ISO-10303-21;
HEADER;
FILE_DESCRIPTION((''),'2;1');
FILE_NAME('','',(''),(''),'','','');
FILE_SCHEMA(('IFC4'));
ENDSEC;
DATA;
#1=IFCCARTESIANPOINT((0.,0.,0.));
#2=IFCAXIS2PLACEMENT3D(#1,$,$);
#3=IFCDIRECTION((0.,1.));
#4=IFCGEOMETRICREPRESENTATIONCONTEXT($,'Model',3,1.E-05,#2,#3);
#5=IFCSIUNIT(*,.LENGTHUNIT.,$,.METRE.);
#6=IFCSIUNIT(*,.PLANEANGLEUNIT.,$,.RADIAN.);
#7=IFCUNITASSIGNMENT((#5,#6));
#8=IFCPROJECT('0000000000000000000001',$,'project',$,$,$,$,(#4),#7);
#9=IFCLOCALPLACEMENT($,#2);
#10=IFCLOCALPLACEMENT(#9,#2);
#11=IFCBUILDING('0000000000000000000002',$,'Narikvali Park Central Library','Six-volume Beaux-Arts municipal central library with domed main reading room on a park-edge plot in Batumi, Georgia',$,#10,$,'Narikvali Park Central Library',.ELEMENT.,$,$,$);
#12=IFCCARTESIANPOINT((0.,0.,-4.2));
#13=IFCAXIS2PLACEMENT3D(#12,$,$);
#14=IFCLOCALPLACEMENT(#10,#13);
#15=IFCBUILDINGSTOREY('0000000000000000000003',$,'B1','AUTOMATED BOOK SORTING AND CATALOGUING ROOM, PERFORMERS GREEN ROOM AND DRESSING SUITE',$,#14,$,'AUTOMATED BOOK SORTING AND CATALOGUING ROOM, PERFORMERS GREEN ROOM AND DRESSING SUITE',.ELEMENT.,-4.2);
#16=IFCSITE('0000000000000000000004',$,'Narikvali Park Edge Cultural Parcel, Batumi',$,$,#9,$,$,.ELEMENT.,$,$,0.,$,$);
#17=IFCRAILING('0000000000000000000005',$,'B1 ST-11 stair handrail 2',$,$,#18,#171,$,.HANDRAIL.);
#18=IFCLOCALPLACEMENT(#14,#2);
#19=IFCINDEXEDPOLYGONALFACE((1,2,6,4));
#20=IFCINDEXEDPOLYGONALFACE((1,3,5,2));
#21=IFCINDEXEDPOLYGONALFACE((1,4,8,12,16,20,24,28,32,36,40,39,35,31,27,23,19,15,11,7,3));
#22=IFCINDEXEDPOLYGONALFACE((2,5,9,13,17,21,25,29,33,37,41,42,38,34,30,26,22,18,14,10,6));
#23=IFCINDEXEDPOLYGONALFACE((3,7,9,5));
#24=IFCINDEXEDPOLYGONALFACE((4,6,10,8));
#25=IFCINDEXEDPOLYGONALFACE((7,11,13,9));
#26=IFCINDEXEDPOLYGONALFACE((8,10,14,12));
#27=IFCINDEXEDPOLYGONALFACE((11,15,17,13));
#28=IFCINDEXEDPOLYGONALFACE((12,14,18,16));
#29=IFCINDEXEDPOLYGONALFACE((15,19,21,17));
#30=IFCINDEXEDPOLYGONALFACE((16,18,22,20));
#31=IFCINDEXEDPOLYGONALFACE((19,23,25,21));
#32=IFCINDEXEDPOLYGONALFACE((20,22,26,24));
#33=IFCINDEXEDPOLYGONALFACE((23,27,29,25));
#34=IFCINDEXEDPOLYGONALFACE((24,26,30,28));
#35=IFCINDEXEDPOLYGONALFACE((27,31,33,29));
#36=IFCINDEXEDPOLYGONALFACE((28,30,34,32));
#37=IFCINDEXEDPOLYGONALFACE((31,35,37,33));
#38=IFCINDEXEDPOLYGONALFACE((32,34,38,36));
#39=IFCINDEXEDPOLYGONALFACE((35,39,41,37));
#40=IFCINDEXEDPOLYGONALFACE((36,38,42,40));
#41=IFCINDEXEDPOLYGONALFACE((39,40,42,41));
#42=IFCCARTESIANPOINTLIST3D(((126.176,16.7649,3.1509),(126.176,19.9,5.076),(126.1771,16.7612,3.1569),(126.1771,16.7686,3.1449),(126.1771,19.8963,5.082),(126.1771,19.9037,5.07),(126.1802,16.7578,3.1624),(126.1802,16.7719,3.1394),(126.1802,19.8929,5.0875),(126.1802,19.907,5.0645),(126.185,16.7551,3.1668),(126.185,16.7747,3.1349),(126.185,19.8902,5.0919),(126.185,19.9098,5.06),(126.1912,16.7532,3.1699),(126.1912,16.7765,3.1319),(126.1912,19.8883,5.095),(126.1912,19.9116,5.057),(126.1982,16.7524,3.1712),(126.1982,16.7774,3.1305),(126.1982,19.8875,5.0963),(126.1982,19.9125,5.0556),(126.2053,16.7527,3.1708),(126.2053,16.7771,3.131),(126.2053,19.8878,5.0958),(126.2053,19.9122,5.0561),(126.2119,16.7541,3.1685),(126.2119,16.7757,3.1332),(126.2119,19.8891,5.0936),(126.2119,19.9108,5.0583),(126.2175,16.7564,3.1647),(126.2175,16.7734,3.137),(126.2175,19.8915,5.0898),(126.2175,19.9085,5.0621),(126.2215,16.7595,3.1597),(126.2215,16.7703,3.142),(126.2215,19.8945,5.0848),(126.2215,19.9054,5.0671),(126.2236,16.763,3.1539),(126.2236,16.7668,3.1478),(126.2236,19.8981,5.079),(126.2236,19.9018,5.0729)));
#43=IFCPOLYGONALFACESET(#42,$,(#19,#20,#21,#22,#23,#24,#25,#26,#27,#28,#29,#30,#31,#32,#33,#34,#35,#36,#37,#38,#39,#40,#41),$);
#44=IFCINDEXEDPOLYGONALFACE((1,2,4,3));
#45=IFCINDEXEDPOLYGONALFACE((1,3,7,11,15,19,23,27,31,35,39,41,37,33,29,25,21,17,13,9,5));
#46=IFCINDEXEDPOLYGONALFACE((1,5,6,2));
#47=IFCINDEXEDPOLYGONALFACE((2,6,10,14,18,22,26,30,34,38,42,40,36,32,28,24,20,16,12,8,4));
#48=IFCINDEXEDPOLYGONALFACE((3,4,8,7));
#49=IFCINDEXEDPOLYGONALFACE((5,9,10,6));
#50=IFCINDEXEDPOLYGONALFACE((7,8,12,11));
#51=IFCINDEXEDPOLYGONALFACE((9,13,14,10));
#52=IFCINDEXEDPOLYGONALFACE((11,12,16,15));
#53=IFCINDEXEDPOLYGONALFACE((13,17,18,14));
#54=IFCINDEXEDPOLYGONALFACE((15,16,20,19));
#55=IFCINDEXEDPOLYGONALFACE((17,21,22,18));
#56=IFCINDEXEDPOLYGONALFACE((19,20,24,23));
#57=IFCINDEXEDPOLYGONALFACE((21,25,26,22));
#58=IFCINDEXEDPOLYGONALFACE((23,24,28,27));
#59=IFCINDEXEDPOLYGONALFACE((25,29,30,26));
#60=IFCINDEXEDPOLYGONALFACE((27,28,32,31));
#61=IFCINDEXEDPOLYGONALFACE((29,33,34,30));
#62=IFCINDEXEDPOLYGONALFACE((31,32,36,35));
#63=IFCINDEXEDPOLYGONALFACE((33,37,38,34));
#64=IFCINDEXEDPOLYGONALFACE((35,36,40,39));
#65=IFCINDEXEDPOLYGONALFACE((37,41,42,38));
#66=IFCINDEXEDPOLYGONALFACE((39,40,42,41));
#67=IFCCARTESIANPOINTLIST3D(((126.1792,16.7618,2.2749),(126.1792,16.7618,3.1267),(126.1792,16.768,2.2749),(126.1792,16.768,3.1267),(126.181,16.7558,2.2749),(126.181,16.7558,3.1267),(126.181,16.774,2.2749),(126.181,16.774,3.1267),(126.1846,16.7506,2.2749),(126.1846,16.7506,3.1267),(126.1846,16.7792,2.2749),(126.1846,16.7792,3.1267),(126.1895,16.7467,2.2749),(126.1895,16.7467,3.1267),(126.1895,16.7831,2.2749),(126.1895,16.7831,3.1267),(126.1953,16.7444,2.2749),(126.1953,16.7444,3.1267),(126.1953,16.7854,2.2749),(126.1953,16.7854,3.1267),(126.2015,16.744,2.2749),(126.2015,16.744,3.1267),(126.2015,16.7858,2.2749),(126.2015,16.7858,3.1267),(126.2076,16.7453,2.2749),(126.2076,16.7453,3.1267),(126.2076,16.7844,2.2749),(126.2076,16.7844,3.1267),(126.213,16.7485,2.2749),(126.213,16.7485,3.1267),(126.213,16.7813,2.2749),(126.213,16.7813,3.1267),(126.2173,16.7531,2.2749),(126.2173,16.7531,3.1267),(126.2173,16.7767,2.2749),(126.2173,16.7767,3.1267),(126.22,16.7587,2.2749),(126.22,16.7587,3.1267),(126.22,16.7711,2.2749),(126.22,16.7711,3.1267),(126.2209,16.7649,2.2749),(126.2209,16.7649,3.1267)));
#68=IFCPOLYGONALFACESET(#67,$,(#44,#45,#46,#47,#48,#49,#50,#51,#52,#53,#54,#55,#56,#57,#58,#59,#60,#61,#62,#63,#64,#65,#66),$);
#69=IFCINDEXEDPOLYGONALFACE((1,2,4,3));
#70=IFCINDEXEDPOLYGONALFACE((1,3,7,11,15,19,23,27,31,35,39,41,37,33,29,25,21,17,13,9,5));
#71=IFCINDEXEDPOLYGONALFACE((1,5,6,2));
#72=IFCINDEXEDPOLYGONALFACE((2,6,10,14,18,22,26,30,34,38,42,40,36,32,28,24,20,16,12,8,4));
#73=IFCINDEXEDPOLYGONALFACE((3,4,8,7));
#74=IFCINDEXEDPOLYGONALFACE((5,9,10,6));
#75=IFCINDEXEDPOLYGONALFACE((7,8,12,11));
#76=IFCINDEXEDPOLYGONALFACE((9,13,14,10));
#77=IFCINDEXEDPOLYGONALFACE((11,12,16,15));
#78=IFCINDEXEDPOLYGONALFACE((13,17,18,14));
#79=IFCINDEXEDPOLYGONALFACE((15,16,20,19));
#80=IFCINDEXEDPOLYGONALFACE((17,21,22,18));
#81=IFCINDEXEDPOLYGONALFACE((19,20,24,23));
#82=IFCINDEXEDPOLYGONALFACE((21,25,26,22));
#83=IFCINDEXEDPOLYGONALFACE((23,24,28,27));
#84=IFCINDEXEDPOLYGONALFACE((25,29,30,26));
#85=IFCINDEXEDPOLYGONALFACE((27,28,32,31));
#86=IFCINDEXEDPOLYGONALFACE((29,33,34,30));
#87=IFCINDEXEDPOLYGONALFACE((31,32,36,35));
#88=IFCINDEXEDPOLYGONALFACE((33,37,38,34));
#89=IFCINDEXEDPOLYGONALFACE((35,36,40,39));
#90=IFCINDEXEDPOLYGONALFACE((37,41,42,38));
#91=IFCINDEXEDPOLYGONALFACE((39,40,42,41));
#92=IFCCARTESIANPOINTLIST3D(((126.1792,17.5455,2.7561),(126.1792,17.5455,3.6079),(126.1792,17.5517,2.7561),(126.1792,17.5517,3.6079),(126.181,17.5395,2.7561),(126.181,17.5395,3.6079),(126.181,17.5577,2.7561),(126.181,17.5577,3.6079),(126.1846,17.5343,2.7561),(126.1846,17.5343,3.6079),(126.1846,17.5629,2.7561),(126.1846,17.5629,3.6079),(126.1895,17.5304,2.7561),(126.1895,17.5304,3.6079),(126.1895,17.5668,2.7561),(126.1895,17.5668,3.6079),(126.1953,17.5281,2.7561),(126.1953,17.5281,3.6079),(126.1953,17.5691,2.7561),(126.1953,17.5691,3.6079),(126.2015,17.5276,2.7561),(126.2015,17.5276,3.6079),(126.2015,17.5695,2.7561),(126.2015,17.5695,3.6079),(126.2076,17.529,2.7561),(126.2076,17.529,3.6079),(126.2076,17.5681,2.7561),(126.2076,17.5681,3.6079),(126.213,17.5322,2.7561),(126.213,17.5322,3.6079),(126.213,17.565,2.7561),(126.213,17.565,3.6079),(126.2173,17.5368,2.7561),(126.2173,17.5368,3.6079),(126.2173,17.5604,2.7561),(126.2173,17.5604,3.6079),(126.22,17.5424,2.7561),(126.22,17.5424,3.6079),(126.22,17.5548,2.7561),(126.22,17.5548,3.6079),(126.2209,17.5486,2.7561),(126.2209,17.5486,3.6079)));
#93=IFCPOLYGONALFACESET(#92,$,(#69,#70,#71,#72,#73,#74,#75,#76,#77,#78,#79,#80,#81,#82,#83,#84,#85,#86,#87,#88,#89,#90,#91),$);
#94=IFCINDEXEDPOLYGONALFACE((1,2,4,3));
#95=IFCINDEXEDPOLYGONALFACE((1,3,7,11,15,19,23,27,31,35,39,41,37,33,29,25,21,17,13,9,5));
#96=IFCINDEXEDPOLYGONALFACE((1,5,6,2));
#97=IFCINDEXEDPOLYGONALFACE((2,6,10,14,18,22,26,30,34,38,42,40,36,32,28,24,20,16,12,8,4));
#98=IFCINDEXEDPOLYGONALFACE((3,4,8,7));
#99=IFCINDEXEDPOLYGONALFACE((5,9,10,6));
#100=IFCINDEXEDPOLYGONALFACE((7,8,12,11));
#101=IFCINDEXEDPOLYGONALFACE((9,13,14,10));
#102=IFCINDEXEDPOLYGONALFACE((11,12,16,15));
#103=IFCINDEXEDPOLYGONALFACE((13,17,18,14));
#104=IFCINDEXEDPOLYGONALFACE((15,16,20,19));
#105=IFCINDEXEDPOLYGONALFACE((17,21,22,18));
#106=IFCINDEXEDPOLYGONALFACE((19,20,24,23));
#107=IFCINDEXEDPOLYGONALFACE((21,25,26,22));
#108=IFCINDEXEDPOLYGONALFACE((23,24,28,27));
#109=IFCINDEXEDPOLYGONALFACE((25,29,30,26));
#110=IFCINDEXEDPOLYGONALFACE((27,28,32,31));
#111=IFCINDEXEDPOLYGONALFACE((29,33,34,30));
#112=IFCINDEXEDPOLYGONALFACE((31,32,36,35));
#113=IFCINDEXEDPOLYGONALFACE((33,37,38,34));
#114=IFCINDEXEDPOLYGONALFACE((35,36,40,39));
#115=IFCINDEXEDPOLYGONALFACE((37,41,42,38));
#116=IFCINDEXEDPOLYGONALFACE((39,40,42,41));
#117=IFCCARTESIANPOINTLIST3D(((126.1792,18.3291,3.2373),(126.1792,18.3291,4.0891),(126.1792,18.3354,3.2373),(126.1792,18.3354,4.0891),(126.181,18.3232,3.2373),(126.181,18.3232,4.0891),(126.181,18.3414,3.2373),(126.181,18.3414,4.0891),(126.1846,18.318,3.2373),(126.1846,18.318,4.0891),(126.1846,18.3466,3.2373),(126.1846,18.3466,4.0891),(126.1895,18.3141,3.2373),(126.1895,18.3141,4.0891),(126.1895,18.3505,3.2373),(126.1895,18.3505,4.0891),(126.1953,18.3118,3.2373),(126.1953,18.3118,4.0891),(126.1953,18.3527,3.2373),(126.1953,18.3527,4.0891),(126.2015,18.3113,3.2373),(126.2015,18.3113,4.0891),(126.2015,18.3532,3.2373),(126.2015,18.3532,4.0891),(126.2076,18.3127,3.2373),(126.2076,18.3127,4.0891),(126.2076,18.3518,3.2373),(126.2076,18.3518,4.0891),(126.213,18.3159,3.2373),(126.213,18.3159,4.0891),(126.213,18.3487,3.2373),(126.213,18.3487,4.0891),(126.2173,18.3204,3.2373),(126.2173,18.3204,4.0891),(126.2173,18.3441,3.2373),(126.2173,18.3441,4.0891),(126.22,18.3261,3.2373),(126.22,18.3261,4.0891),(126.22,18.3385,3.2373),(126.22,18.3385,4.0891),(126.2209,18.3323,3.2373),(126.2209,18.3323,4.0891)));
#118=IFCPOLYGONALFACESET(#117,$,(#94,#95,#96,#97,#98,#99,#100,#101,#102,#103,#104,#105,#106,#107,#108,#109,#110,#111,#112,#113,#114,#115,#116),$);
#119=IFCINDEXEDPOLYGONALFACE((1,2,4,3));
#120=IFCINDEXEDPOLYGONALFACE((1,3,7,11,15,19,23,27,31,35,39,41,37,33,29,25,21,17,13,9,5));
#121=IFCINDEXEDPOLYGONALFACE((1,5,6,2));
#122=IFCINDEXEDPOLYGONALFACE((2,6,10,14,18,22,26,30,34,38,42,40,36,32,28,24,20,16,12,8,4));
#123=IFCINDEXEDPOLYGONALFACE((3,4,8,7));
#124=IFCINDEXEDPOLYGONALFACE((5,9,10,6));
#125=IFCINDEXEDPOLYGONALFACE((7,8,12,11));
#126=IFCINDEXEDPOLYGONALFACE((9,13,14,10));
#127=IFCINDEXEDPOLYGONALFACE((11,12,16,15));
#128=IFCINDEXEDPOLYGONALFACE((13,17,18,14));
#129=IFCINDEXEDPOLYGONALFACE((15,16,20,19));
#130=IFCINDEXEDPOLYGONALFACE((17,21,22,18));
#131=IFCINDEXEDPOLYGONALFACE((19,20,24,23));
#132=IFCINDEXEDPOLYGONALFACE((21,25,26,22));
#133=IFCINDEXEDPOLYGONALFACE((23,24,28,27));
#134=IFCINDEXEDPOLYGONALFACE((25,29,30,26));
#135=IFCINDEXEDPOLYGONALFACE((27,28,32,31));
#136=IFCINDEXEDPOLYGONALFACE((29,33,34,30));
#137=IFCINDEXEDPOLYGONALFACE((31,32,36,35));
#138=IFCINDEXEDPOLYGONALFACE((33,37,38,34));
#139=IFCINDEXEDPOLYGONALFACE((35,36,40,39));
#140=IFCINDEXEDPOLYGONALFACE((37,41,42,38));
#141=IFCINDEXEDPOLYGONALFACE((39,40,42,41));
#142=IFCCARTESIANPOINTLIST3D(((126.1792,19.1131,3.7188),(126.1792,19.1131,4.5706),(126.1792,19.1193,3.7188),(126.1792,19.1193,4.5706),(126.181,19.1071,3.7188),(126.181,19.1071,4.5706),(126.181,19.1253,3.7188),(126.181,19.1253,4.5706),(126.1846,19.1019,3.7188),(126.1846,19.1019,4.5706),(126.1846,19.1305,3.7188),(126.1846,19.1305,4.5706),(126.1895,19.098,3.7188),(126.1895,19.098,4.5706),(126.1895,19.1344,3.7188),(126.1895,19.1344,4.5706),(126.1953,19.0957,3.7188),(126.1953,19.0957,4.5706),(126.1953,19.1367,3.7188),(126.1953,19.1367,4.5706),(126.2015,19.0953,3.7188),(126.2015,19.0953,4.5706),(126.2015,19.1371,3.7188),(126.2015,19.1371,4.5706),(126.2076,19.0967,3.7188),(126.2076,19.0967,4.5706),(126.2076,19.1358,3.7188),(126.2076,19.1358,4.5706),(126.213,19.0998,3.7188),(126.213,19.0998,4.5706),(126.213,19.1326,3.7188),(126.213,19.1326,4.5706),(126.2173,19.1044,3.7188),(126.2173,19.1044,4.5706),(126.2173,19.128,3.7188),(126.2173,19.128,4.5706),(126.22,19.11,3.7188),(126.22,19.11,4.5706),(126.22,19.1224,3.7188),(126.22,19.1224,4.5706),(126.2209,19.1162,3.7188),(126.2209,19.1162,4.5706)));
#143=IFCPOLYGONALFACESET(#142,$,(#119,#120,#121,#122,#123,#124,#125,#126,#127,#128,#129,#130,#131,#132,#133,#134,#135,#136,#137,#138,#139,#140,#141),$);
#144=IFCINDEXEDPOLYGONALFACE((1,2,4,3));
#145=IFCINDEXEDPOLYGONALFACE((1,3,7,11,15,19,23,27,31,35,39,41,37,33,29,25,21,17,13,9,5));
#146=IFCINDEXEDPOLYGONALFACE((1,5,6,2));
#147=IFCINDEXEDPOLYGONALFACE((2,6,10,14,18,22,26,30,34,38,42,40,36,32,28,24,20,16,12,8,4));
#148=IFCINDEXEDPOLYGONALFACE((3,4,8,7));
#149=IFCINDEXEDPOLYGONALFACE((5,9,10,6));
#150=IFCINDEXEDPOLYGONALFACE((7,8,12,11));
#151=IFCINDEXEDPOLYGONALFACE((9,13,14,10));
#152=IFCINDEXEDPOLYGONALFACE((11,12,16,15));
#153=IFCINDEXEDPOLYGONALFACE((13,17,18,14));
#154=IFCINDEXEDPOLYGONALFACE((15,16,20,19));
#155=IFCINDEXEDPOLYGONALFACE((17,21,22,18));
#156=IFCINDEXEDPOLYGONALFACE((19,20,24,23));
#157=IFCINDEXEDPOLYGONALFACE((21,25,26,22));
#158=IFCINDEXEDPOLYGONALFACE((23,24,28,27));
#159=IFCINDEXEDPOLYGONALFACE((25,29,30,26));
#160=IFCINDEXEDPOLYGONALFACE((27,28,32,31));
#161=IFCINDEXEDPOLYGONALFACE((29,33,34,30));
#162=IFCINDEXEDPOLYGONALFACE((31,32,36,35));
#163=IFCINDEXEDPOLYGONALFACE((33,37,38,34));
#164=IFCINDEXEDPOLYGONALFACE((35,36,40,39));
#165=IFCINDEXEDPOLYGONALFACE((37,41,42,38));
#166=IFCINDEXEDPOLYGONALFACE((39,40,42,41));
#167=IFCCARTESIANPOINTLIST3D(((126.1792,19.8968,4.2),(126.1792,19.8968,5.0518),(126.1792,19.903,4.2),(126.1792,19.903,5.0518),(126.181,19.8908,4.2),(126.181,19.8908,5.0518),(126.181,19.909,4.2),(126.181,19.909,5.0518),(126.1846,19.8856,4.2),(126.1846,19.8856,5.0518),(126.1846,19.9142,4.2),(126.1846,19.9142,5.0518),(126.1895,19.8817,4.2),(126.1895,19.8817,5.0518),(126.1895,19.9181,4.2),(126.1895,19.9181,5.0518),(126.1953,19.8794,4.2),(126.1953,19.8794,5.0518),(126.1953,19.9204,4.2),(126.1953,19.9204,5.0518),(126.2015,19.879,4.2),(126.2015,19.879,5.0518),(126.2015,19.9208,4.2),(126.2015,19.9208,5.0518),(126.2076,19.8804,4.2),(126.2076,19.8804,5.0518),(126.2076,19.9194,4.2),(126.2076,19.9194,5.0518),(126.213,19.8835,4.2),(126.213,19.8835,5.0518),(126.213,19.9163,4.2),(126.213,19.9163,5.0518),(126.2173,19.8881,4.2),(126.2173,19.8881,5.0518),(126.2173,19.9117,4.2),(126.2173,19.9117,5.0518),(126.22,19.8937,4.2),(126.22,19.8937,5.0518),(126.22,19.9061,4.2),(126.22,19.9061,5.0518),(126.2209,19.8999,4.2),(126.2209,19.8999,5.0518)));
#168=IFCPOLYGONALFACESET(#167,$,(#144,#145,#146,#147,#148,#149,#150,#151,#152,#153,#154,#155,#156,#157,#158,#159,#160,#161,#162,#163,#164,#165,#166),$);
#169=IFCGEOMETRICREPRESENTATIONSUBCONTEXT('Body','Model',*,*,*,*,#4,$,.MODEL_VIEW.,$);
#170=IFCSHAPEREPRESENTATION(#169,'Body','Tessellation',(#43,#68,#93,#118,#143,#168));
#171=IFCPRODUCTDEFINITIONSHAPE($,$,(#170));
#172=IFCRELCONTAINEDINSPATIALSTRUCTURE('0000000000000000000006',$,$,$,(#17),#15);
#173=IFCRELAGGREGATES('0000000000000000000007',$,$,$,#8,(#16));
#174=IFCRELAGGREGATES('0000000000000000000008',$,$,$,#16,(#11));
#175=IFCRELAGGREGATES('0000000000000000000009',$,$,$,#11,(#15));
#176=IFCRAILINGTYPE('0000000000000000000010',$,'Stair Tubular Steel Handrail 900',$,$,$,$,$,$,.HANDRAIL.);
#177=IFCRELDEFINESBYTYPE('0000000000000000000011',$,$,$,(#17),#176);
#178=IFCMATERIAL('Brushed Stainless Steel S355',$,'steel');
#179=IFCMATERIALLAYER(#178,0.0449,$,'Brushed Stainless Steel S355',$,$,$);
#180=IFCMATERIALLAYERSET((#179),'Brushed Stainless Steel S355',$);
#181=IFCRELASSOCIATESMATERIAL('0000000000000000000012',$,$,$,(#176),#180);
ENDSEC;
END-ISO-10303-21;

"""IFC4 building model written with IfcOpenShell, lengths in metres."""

from ifc_helpers import new_model, si_unit, direction, frame, origin, origin_2d, place, context, subcontext, project, spatial, circle, extrude, material, layer, layer_set, type_object, element, save


model = new_model("IFC4")

# Units and contexts
model_context = context("Model", 3, precision=1e-05, world=origin(), true_north=direction((0.0, 1.0)))
body_context = subcontext(model_context, "Body", "Model", "MODEL_VIEW")
ifc_project = project(units=[si_unit("LENGTHUNIT", "METRE"), si_unit("PLANEANGLEUNIT", "RADIAN")], contexts=[model_context])

# Site, building, storey
site_placement = place(None, origin())
site = spatial("IfcSite", under=ifc_project, at=site_placement, Name="Narikvali Park Edge Cultural Parcel, Batumi", CompositionType="ELEMENT", RefElevation=0.0)
building_placement = place(site_placement, origin())
building = spatial("IfcBuilding", under=site, at=building_placement, Name="Narikvali Park Central Library", Description="Six-volume Beaux-Arts municipal central library with domed main reading room on a park-edge plot in Batumi, Georgia", LongName="Narikvali Park Central Library", CompositionType="ELEMENT")
storey_placement = place(building_placement, frame((0.0, 0.0, -4.2)))
storey = spatial("IfcBuildingStorey", under=building, at=storey_placement, Name="B1", Description="AUTOMATED BOOK SORTING AND CATALOGUING ROOM, PERFORMERS GREEN ROOM AND DRESSING SUITE", LongName="AUTOMATED BOOK SORTING AND CATALOGUING ROOM, PERFORMERS GREEN ROOM AND DRESSING SUITE", CompositionType="ELEMENT", Elevation=-4.2)

# Shared definitions
ifc_material_1 = material(Name="Brushed Stainless Steel S355", Category="steel")

# Railing
ifc_layer_1 = layer(ifc_material_1, 0.0449, Name="Brushed Stainless Steel S355")
ifc_layer_set_1 = layer_set([ifc_layer_1], Name="Brushed Stainless Steel S355")
railing_type_1 = type_object("IfcRailingType", Name="Stair Tubular Steel Handrail 900", PredefinedType="HANDRAIL", material=ifc_layer_set_1)
railing_1_placement = place(storey_placement, frame((126.2, 16.7649, 2.2749)))
element("IfcRailing", 1, at=railing_1_placement, inside=storey, type_object=railing_type_1, Name="B1 ST-11 stair handrail 2", PredefinedType="HANDRAIL", context=body_context, shape_type="SweptSolid", body=[
    extrude(circle(Radius=0.0239, at=origin_2d()), frame((0.0, 0.0, 0.876), z_axis=(0.0, 0.852166, 0.523271), x_axis=(-1.0, 0.0, 0.0)), (0.0, 0.0, 1.0), 3.679),
    extrude(circle(Radius=0.021, at=origin_2d()), origin(), (0.0, 0.0, 1.0), 0.8518),
    extrude(circle(Radius=0.021, at=origin_2d()), frame((0.0, 0.7837, 0.4812)), (0.0, 0.0, 1.0), 0.8518),
    extrude(circle(Radius=0.021, at=origin_2d()), frame((0.0, 1.5674, 0.9624)), (0.0, 0.0, 1.0), 0.8518),
    extrude(circle(Radius=0.021, at=origin_2d()), frame((0.0, 2.3513, 1.4438)), (0.0, 0.0, 1.0), 0.8518),
    extrude(circle(Radius=0.021, at=origin_2d()), frame((0.0, 3.135, 1.925)), (0.0, 0.0, 1.0), 0.8518),
])

save(model, "model.ifc")
